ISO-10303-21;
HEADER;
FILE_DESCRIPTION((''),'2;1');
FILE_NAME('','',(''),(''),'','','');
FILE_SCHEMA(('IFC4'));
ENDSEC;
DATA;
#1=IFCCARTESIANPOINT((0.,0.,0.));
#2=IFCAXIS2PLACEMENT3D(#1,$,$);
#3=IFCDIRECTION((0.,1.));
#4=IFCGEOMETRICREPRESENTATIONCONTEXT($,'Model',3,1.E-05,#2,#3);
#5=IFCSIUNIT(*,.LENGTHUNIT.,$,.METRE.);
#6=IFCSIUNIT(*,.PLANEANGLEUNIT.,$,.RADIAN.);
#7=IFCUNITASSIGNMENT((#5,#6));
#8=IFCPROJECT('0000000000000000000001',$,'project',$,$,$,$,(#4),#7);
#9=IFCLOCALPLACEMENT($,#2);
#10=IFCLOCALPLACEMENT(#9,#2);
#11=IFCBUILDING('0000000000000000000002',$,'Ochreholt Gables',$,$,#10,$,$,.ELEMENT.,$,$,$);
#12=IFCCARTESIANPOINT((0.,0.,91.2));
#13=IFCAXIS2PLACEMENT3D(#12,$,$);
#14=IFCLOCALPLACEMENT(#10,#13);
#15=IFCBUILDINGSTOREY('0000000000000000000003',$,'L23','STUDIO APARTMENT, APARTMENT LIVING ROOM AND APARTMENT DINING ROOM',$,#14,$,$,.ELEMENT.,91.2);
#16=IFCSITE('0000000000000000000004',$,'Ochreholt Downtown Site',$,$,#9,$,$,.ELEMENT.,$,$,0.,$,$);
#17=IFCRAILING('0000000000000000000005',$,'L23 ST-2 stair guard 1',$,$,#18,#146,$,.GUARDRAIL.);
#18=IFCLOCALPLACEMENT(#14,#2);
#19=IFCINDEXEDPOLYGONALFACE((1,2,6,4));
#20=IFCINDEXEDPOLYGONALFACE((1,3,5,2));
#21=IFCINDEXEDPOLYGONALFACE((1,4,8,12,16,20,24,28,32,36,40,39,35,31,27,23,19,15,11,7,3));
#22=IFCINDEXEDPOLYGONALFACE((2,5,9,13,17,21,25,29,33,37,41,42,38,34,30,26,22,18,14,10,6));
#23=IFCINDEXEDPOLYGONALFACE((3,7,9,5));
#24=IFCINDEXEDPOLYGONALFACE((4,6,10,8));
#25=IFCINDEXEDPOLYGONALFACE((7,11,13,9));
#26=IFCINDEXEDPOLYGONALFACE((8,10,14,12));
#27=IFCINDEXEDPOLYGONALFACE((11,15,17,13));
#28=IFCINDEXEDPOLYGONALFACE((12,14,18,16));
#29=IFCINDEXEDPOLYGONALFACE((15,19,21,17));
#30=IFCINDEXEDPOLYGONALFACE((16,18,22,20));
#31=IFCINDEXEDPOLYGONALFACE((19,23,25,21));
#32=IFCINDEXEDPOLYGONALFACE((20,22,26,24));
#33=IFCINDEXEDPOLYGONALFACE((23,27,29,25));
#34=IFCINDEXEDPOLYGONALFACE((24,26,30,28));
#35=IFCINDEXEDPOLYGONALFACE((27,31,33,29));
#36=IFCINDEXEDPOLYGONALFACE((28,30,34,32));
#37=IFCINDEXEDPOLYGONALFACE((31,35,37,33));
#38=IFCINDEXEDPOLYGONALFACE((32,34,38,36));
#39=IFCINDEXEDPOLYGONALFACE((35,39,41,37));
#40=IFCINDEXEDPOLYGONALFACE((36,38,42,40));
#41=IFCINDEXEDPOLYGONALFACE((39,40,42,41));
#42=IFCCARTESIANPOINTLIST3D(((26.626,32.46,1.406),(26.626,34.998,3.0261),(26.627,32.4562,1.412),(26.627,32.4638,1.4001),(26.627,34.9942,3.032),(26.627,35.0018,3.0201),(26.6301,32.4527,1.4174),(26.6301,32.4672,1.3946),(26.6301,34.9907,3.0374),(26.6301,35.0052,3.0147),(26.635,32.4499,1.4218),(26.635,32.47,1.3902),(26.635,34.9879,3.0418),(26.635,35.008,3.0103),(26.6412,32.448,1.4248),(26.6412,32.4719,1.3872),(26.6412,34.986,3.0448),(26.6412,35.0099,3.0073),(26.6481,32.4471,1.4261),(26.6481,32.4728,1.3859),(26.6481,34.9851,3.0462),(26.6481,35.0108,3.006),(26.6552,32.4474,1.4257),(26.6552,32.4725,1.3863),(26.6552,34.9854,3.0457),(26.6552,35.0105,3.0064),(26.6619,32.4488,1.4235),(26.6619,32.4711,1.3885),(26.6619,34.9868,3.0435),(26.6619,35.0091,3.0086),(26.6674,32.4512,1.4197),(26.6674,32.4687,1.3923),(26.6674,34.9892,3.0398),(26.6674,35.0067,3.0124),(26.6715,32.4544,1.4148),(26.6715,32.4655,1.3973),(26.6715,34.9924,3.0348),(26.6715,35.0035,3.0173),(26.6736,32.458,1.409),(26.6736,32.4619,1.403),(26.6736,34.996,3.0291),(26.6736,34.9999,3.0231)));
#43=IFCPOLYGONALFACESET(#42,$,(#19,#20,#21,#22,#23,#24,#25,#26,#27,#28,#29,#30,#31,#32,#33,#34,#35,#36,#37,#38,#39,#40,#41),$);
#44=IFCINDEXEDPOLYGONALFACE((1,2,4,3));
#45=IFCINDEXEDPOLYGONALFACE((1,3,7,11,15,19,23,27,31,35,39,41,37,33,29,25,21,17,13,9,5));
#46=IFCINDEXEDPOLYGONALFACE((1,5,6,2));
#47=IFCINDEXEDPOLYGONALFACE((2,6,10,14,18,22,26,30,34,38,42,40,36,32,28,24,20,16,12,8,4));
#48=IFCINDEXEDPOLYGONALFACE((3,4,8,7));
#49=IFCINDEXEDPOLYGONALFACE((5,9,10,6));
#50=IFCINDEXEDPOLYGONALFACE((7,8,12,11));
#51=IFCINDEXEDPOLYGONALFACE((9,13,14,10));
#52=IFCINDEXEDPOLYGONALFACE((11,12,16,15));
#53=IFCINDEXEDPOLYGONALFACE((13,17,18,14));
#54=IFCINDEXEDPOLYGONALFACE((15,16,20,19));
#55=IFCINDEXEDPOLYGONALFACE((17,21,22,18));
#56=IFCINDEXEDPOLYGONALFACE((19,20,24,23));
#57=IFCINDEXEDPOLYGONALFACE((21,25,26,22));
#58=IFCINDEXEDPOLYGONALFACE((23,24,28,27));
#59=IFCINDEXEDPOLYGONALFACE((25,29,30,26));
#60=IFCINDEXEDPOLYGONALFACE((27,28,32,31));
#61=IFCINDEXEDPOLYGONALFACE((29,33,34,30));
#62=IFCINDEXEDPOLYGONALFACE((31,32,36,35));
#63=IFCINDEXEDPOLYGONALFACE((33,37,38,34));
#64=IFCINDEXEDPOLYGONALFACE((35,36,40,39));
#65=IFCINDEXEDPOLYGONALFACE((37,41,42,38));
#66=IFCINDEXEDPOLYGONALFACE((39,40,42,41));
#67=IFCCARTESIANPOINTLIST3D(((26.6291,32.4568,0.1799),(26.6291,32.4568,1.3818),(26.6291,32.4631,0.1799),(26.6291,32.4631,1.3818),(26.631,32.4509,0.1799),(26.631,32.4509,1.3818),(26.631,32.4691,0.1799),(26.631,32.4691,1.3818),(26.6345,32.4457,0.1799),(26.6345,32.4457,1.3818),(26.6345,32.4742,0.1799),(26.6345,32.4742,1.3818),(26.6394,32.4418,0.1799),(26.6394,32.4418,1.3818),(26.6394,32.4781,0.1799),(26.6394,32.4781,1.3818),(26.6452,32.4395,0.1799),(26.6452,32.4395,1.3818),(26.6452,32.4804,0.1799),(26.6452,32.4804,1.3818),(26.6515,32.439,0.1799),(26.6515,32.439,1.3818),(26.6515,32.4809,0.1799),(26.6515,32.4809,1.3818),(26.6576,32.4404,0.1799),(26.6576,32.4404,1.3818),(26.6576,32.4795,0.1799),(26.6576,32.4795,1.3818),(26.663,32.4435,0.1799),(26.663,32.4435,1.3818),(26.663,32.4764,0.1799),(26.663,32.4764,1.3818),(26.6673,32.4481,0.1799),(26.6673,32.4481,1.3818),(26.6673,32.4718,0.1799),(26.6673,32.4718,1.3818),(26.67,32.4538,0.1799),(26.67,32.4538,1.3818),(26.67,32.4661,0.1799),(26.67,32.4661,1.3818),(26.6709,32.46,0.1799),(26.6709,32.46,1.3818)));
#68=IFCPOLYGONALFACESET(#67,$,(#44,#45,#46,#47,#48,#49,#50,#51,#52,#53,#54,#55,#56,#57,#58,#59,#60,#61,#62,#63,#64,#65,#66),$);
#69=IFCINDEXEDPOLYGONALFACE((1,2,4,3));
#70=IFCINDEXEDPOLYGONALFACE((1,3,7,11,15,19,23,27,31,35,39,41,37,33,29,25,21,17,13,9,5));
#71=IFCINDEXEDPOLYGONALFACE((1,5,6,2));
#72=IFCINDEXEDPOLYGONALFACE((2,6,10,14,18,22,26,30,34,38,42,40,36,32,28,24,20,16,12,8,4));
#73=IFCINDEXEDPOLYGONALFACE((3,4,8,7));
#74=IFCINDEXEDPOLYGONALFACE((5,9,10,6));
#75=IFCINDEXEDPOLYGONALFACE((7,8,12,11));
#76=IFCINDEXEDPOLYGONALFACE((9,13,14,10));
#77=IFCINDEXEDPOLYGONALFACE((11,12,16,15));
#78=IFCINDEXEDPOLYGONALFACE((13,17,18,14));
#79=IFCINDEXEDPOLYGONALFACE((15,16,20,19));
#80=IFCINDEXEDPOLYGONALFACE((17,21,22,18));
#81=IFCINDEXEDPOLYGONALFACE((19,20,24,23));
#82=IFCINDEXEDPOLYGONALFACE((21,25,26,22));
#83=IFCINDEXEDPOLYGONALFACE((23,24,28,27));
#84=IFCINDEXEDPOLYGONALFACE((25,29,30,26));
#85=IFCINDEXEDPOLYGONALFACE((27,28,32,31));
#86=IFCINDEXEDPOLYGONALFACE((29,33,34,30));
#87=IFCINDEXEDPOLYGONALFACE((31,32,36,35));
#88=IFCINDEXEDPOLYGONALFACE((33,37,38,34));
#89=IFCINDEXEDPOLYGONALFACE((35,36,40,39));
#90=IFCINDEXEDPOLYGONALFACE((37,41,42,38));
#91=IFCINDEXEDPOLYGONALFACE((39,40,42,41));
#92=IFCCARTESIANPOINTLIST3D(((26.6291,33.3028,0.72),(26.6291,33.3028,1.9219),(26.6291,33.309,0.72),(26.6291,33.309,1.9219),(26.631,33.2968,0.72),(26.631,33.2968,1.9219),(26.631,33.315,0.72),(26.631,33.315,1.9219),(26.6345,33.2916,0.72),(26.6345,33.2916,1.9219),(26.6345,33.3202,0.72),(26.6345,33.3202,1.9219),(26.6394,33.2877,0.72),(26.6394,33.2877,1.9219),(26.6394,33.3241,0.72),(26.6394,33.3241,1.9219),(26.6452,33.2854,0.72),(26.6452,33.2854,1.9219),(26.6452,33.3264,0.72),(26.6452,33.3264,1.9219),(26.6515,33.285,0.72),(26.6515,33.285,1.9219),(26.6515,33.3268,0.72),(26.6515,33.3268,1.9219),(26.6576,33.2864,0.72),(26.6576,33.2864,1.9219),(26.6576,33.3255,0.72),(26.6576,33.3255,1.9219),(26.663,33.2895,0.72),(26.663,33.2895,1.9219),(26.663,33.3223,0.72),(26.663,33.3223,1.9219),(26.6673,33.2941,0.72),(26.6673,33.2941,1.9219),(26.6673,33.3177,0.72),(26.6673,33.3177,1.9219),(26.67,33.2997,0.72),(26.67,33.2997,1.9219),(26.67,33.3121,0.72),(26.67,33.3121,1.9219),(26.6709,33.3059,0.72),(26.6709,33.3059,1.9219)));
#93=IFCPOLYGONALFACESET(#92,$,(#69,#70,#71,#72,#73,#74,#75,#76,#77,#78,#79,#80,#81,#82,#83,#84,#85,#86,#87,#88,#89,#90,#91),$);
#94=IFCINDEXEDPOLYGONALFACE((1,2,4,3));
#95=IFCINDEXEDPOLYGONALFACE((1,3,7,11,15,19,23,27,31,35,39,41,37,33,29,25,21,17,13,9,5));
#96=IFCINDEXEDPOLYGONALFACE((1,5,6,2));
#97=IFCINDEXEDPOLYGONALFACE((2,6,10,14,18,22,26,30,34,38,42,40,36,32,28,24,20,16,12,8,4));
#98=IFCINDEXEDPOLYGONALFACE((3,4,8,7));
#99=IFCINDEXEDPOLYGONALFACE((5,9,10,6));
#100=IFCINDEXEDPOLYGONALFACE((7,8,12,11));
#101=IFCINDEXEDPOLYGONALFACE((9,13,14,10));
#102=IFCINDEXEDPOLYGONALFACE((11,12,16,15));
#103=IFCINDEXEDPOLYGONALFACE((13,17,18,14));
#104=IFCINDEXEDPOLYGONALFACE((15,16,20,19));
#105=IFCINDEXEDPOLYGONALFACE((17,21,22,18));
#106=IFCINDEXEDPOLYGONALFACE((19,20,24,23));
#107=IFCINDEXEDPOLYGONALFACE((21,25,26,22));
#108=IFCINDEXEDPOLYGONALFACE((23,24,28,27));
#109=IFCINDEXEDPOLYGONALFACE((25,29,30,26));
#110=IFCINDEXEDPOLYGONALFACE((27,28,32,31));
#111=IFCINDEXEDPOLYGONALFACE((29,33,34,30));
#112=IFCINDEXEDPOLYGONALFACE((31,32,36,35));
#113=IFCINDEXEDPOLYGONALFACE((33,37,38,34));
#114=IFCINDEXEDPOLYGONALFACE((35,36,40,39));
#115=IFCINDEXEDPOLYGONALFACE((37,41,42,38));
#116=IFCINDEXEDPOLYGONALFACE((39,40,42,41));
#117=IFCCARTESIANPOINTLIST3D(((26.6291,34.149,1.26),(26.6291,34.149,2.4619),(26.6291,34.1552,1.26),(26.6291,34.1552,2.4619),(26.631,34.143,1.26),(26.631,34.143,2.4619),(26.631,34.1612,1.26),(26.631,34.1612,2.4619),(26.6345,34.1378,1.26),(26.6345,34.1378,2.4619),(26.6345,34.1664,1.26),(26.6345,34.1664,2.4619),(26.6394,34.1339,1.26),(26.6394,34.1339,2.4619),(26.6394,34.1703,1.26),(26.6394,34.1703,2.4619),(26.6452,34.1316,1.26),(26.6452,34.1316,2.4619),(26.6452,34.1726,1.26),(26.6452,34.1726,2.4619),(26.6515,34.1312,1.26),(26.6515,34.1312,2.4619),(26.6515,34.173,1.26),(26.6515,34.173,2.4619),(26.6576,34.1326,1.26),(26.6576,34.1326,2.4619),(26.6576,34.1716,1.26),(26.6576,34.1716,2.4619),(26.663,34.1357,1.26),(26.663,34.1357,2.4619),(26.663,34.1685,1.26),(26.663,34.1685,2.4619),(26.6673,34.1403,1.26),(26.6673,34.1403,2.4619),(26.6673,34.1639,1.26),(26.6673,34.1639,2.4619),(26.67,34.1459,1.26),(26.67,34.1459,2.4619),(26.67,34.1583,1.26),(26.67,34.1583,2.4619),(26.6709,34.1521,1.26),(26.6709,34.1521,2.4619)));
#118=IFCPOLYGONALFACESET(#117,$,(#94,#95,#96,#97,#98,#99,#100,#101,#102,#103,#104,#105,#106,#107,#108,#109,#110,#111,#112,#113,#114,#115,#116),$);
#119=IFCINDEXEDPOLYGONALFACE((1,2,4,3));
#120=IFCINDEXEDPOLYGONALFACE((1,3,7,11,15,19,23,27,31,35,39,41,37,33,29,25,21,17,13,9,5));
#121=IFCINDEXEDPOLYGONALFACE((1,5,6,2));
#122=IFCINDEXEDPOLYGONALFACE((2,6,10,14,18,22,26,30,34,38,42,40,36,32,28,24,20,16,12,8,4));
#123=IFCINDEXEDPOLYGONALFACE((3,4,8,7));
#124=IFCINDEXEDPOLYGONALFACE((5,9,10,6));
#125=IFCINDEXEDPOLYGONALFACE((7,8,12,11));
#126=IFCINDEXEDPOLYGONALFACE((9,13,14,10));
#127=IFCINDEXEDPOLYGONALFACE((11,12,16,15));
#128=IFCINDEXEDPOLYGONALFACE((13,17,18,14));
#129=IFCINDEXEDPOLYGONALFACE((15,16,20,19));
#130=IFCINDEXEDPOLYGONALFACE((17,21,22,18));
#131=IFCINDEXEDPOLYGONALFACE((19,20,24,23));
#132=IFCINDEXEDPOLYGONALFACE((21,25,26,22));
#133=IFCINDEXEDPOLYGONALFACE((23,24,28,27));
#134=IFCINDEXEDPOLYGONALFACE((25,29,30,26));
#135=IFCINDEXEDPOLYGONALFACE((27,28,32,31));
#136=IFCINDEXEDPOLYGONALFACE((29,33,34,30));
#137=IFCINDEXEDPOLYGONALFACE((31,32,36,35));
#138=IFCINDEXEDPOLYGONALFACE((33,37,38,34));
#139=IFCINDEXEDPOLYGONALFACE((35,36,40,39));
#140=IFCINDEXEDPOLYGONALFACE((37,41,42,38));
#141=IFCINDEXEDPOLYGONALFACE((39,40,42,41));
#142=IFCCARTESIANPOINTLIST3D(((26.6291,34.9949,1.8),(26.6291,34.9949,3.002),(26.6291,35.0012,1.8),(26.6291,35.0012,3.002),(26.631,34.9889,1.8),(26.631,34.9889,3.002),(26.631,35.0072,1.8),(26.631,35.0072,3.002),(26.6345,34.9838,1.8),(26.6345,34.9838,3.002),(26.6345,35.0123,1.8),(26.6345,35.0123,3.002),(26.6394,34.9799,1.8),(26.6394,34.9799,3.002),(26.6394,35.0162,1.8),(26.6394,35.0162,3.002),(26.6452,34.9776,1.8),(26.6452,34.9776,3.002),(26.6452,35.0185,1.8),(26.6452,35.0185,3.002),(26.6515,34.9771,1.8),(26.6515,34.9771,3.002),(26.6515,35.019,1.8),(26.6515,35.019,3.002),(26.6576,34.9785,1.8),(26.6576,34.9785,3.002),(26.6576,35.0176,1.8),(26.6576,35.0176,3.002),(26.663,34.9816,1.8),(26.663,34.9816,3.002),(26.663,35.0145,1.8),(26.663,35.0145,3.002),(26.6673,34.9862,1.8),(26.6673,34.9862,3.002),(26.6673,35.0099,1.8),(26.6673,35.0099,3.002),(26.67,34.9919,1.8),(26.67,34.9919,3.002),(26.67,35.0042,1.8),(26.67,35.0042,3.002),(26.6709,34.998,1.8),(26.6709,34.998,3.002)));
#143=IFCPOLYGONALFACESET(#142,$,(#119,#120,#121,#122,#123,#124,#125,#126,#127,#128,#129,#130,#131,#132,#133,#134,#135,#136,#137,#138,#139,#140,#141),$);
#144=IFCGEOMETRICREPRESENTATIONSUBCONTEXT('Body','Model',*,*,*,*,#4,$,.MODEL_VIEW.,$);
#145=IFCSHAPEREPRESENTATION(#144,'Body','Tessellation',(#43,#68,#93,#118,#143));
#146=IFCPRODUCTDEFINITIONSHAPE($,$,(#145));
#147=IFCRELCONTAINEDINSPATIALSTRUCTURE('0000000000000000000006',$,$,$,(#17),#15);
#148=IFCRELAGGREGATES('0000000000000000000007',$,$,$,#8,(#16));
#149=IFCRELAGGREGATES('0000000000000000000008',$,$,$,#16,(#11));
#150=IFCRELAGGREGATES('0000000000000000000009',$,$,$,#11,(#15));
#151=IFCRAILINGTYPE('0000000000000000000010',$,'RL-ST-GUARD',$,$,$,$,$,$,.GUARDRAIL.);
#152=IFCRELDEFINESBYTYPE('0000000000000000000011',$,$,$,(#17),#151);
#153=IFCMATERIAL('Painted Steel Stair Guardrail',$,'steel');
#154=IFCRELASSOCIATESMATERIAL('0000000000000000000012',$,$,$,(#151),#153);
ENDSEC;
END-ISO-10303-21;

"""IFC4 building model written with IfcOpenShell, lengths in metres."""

from ifc_helpers import new_model, si_unit, direction, frame, origin, origin_2d, place, context, subcontext, project, spatial, circle, extrude, material, type_object, element, save


model = new_model("IFC4")

# Units and contexts
model_context = context("Model", 3, precision=1e-05, world=origin(), true_north=direction((0.0, 1.0)))
body_context = subcontext(model_context, "Body", "Model", "MODEL_VIEW")
ifc_project = project(units=[si_unit("LENGTHUNIT", "METRE"), si_unit("PLANEANGLEUNIT", "RADIAN")], contexts=[model_context])

# Site, building, storey
site_placement = place(None, origin())
site = spatial("IfcSite", under=ifc_project, at=site_placement, Name="Ochreholt Downtown Site", CompositionType="ELEMENT", RefElevation=0.0)
building_placement = place(site_placement, origin())
building = spatial("IfcBuilding", under=site, at=building_placement, Name="Ochreholt Gables", CompositionType="ELEMENT")
storey_placement = place(building_placement, frame((0.0, 0.0, 91.2)))
storey = spatial("IfcBuildingStorey", under=building, at=storey_placement, Name="L23", Description="STUDIO APARTMENT, APARTMENT LIVING ROOM AND APARTMENT DINING ROOM", CompositionType="ELEMENT", Elevation=91.2)

# Railing
ifc_material_1 = material(Name="Painted Steel Stair Guardrail", Category="steel")
railing_type_1 = type_object("IfcRailingType", Name="RL-ST-GUARD", PredefinedType="GUARDRAIL", material=ifc_material_1)
railing_1_placement = place(storey_placement, frame((26.6499, 32.46, 0.1799)))
element("IfcRailing", 1, at=railing_1_placement, inside=storey, type_object=railing_type_1, Name="L23 ST-2 stair guard 1", PredefinedType="GUARDRAIL", context=body_context, shape_type="SweptSolid", body=[
    extrude(circle(Radius=0.0239, at=origin_2d()), frame((0.0, 0.0, 1.2261), z_axis=(0.0, 0.842913, 0.53805), x_axis=(-1.0, 0.0, 0.0)), (0.0, 0.0, 1.0), 3.011),
    extrude(circle(Radius=0.021, at=origin_2d()), origin(), (0.0, 0.0, 1.0), 1.2019),
    extrude(circle(Radius=0.021, at=origin_2d()), frame((0.0, 0.8459, 0.54)), (0.0, 0.0, 1.0), 1.2019),
    extrude(circle(Radius=0.021, at=origin_2d()), frame((0.0, 1.6921, 1.0801)), (0.0, 0.0, 1.0), 1.2019),
    extrude(circle(Radius=0.021, at=origin_2d()), frame((0.0, 2.5381, 1.6201)), (0.0, 0.0, 1.0), 1.2019),
])

save(model, "model.ifc")
